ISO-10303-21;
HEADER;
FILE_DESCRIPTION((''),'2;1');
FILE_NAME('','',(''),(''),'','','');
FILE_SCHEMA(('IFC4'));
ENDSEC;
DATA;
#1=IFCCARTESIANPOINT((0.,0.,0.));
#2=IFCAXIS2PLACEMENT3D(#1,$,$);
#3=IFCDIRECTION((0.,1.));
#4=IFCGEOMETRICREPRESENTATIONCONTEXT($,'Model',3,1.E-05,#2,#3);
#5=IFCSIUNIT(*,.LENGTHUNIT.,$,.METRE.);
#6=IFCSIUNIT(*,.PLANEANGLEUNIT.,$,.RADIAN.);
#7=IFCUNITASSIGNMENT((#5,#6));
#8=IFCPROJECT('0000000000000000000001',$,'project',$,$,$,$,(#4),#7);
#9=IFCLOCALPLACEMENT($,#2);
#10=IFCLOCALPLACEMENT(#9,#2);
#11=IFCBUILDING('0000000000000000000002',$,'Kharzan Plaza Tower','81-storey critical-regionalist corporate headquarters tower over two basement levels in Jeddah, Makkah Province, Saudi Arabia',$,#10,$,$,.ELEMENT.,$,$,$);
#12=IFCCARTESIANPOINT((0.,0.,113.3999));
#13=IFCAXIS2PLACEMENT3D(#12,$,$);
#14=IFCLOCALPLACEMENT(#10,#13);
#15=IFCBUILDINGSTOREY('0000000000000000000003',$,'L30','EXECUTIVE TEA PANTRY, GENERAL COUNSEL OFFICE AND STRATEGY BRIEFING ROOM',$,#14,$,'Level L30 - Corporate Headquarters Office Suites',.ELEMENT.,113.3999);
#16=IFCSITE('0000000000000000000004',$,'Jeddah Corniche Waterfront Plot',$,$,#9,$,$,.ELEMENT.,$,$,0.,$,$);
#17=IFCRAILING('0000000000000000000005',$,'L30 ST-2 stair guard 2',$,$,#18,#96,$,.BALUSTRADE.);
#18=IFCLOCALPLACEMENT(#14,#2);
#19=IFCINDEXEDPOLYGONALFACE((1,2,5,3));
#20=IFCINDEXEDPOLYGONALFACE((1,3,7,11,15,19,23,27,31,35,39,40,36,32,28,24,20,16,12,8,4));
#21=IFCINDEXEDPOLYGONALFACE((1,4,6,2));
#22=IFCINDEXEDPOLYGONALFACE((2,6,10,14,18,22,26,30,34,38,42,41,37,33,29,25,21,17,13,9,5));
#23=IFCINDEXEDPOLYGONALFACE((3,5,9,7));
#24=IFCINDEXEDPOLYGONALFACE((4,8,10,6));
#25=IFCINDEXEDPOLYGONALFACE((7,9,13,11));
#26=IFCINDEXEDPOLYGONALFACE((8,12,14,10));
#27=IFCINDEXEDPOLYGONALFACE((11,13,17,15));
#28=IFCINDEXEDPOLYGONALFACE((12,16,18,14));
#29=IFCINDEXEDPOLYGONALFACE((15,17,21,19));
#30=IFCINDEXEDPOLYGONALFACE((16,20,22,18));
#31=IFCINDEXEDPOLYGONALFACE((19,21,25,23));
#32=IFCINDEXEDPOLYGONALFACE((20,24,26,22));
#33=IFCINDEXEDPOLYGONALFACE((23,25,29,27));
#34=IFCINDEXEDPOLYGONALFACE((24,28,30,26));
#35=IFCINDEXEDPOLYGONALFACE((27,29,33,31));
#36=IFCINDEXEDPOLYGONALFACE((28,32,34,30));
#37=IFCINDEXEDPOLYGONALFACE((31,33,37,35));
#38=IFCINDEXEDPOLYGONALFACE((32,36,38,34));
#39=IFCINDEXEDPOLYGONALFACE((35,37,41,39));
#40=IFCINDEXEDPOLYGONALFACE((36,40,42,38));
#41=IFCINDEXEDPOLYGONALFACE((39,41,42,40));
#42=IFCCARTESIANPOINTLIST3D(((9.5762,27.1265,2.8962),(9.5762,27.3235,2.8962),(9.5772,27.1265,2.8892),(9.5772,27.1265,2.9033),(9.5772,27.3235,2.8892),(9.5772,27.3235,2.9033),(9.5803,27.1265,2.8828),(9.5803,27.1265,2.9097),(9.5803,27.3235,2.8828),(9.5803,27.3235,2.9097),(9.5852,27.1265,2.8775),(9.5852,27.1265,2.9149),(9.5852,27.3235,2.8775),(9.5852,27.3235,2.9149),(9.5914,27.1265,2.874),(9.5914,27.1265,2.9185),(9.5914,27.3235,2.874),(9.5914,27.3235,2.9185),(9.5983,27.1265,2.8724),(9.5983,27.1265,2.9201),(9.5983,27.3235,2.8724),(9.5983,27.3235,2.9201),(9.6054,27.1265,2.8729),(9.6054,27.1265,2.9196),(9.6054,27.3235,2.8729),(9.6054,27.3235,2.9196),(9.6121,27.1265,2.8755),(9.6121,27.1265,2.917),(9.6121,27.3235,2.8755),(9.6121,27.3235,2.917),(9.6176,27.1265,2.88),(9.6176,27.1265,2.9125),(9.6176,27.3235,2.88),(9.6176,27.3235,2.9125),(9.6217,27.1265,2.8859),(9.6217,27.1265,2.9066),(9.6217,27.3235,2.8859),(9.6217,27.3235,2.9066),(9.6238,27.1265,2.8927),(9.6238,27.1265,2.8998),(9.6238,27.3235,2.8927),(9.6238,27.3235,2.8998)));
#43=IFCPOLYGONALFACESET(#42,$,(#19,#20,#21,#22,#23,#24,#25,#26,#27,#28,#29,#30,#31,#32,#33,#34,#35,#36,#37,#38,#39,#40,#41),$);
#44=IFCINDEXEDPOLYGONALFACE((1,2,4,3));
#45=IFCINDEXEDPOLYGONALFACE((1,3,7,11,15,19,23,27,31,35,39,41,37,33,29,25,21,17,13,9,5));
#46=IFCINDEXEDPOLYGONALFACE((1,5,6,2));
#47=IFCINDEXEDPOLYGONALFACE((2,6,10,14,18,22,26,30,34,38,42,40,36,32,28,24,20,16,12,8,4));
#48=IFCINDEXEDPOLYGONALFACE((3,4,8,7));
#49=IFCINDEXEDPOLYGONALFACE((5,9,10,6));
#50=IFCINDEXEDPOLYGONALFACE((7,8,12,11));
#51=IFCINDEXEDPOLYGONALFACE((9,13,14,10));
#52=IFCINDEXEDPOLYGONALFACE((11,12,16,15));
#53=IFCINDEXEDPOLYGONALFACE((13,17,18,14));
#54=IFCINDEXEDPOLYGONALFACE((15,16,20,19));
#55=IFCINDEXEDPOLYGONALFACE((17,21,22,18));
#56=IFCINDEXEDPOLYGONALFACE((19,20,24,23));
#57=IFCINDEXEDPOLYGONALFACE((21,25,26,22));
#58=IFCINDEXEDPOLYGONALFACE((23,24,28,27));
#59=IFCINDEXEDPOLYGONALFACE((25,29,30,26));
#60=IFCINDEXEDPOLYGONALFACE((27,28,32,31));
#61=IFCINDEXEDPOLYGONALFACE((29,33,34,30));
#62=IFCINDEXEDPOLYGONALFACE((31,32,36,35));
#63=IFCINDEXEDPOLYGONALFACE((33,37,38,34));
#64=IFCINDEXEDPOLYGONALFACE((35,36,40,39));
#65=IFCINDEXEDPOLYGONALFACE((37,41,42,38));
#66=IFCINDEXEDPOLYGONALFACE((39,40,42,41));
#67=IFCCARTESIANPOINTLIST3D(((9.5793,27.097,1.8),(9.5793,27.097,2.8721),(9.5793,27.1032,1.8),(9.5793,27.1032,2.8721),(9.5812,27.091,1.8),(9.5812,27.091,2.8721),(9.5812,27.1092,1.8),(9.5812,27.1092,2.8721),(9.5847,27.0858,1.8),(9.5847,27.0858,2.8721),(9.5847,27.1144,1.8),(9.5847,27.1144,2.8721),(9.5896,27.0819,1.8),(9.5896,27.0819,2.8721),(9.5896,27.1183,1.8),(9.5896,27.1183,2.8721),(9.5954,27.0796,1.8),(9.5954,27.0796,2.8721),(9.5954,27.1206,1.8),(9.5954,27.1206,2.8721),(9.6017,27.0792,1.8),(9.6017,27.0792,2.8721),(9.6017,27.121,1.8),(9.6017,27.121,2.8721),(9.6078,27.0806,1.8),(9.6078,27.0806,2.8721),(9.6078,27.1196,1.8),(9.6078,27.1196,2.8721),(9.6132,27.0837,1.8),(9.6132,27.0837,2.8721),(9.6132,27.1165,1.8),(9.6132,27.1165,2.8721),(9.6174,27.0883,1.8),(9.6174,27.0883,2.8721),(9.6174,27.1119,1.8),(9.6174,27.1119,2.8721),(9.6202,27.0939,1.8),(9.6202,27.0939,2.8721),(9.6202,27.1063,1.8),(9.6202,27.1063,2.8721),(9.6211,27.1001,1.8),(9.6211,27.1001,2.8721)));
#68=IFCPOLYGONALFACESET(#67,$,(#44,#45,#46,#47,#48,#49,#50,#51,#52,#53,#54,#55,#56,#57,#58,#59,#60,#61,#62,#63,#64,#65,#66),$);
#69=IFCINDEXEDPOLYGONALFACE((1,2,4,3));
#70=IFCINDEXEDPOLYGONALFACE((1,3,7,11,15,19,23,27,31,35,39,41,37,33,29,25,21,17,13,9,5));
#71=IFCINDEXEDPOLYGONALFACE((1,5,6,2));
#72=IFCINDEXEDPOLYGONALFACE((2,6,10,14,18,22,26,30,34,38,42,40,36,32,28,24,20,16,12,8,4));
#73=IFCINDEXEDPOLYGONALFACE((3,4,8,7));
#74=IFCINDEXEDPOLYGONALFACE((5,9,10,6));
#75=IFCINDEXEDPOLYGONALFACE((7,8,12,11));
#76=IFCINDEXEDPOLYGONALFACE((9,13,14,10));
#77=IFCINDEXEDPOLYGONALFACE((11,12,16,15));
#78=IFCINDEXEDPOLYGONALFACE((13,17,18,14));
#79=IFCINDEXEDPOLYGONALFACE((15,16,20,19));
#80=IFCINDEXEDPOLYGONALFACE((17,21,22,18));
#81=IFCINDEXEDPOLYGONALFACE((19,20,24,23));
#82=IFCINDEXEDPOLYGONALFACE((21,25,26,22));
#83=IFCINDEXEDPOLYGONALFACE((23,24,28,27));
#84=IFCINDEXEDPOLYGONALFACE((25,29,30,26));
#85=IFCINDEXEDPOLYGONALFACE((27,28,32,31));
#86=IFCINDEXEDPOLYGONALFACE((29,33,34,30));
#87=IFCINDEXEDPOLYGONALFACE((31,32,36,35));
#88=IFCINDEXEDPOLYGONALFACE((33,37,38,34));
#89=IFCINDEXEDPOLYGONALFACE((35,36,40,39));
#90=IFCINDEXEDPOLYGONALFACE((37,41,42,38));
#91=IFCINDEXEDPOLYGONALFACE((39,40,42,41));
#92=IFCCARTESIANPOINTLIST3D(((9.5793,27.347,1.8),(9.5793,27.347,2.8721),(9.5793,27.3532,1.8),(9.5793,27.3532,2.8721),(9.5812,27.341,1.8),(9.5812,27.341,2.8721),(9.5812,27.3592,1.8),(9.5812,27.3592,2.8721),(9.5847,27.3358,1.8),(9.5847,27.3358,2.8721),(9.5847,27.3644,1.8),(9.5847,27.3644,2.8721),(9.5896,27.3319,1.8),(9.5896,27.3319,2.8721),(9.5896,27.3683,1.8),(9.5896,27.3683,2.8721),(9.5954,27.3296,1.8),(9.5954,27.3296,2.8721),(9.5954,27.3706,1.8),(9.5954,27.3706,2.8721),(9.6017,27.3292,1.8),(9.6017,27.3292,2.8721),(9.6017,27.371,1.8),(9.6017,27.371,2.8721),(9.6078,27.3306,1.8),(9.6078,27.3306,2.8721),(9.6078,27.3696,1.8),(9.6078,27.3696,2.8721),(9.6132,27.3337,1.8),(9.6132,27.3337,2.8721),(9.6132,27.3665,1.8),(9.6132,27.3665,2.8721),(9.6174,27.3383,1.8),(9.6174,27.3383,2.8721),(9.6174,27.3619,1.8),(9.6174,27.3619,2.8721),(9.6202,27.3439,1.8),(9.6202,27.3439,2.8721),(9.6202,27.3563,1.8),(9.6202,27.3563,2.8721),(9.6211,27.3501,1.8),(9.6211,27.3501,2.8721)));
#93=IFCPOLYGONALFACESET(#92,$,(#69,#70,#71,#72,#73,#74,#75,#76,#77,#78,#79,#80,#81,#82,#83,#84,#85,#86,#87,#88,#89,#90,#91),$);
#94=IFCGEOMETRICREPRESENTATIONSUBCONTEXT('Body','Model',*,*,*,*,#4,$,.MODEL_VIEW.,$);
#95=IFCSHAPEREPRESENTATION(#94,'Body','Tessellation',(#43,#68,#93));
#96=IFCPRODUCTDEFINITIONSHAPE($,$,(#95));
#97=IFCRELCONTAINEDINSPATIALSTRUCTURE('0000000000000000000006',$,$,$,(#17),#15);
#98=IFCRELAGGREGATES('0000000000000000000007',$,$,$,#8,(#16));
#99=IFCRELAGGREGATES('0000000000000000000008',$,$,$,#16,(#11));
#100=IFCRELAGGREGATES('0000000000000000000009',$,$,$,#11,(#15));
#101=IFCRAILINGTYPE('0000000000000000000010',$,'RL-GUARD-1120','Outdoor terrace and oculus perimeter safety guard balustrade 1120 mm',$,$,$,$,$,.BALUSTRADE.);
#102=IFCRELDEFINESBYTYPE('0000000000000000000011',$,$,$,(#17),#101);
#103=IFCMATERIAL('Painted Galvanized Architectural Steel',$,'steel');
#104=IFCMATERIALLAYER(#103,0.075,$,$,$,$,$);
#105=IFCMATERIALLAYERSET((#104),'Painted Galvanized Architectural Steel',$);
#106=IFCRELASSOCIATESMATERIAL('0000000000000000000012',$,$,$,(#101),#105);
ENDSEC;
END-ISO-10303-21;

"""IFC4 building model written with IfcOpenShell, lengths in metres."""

from ifc_helpers import new_model, si_unit, direction, frame, origin, origin_2d, place, context, subcontext, project, spatial, circle, extrude, source, transform, mapped, material, layer, layer_set, type_object, element, save


model = new_model("IFC4")

# Units and contexts
model_context = context("Model", 3, precision=1e-05, world=origin(), true_north=direction((0.0, 1.0)))
body_context = subcontext(model_context, "Body", "Model", "MODEL_VIEW")
ifc_project = project(units=[si_unit("LENGTHUNIT", "METRE"), si_unit("PLANEANGLEUNIT", "RADIAN")], contexts=[model_context])

# Site, building, storey
site_placement = place(None, origin())
site = spatial("IfcSite", under=ifc_project, at=site_placement, Name="Jeddah Corniche Waterfront Plot", CompositionType="ELEMENT", RefElevation=0.0)
building_placement = place(site_placement, origin())
building = spatial("IfcBuilding", under=site, at=building_placement, Name="Kharzan Plaza Tower", Description="81-storey critical-regionalist corporate headquarters tower over two basement levels in Jeddah, Makkah Province, Saudi Arabia", CompositionType="ELEMENT")
storey_placement = place(building_placement, frame((0.0, 0.0, 113.3999)))
storey = spatial("IfcBuildingStorey", under=building, at=storey_placement, Name="L30", Description="EXECUTIVE TEA PANTRY, GENERAL COUNSEL OFFICE AND STRATEGY BRIEFING ROOM", LongName="Level L30 - Corporate Headquarters Office Suites", CompositionType="ELEMENT", Elevation=113.3999)

# Railing
ifc_material_1 = material(Name="Painted Galvanized Architectural Steel", Category="steel")
ifc_layer_1 = layer(ifc_material_1, 0.075)
ifc_layer_set_1 = layer_set([ifc_layer_1], Name="Painted Galvanized Architectural Steel")
railing_type_1 = type_object("IfcRailingType", Name="RL-GUARD-1120", Description="Outdoor terrace and oculus perimeter safety guard balustrade 1120 mm", PredefinedType="BALUSTRADE", material=ifc_layer_set_1)
shared_shape_1 = source(origin(), body_context, "Body", "SweptSolid", [
    extrude(circle(Radius=0.0239, at=origin_2d()), frame((0.0, 0.0264, 1.0962), z_axis=(0.0, 1.0, 0.0), x_axis=(-1.0, 0.0, 0.0)), (0.0, 0.0, 1.0), 0.197),
    extrude(circle(Radius=0.021, at=origin_2d()), origin(), (0.0, 0.0, 1.0), 1.072),
    extrude(circle(Radius=0.021, at=origin_2d()), frame((0.0, 0.25, 0.0)), (0.0, 0.0, 1.0), 1.072),
])
railing_1_placement = place(storey_placement, frame((9.6001, 27.1001, 1.8)))
element("IfcRailing", 1, at=railing_1_placement, inside=storey, type_object=railing_type_1, Name="L30 ST-2 stair guard 2", PredefinedType="BALUSTRADE", context=body_context, shape_type="MappedRepresentation", body=[
    mapped(shared_shape_1, transform((0.0, 0.0, 0.0), x_axis=(1.0, 0.0, 0.0), y_axis=(0.0, 1.0, 0.0), z_axis=(0.0, 0.0, 1.0))),
])

save(model, "model.ifc")
